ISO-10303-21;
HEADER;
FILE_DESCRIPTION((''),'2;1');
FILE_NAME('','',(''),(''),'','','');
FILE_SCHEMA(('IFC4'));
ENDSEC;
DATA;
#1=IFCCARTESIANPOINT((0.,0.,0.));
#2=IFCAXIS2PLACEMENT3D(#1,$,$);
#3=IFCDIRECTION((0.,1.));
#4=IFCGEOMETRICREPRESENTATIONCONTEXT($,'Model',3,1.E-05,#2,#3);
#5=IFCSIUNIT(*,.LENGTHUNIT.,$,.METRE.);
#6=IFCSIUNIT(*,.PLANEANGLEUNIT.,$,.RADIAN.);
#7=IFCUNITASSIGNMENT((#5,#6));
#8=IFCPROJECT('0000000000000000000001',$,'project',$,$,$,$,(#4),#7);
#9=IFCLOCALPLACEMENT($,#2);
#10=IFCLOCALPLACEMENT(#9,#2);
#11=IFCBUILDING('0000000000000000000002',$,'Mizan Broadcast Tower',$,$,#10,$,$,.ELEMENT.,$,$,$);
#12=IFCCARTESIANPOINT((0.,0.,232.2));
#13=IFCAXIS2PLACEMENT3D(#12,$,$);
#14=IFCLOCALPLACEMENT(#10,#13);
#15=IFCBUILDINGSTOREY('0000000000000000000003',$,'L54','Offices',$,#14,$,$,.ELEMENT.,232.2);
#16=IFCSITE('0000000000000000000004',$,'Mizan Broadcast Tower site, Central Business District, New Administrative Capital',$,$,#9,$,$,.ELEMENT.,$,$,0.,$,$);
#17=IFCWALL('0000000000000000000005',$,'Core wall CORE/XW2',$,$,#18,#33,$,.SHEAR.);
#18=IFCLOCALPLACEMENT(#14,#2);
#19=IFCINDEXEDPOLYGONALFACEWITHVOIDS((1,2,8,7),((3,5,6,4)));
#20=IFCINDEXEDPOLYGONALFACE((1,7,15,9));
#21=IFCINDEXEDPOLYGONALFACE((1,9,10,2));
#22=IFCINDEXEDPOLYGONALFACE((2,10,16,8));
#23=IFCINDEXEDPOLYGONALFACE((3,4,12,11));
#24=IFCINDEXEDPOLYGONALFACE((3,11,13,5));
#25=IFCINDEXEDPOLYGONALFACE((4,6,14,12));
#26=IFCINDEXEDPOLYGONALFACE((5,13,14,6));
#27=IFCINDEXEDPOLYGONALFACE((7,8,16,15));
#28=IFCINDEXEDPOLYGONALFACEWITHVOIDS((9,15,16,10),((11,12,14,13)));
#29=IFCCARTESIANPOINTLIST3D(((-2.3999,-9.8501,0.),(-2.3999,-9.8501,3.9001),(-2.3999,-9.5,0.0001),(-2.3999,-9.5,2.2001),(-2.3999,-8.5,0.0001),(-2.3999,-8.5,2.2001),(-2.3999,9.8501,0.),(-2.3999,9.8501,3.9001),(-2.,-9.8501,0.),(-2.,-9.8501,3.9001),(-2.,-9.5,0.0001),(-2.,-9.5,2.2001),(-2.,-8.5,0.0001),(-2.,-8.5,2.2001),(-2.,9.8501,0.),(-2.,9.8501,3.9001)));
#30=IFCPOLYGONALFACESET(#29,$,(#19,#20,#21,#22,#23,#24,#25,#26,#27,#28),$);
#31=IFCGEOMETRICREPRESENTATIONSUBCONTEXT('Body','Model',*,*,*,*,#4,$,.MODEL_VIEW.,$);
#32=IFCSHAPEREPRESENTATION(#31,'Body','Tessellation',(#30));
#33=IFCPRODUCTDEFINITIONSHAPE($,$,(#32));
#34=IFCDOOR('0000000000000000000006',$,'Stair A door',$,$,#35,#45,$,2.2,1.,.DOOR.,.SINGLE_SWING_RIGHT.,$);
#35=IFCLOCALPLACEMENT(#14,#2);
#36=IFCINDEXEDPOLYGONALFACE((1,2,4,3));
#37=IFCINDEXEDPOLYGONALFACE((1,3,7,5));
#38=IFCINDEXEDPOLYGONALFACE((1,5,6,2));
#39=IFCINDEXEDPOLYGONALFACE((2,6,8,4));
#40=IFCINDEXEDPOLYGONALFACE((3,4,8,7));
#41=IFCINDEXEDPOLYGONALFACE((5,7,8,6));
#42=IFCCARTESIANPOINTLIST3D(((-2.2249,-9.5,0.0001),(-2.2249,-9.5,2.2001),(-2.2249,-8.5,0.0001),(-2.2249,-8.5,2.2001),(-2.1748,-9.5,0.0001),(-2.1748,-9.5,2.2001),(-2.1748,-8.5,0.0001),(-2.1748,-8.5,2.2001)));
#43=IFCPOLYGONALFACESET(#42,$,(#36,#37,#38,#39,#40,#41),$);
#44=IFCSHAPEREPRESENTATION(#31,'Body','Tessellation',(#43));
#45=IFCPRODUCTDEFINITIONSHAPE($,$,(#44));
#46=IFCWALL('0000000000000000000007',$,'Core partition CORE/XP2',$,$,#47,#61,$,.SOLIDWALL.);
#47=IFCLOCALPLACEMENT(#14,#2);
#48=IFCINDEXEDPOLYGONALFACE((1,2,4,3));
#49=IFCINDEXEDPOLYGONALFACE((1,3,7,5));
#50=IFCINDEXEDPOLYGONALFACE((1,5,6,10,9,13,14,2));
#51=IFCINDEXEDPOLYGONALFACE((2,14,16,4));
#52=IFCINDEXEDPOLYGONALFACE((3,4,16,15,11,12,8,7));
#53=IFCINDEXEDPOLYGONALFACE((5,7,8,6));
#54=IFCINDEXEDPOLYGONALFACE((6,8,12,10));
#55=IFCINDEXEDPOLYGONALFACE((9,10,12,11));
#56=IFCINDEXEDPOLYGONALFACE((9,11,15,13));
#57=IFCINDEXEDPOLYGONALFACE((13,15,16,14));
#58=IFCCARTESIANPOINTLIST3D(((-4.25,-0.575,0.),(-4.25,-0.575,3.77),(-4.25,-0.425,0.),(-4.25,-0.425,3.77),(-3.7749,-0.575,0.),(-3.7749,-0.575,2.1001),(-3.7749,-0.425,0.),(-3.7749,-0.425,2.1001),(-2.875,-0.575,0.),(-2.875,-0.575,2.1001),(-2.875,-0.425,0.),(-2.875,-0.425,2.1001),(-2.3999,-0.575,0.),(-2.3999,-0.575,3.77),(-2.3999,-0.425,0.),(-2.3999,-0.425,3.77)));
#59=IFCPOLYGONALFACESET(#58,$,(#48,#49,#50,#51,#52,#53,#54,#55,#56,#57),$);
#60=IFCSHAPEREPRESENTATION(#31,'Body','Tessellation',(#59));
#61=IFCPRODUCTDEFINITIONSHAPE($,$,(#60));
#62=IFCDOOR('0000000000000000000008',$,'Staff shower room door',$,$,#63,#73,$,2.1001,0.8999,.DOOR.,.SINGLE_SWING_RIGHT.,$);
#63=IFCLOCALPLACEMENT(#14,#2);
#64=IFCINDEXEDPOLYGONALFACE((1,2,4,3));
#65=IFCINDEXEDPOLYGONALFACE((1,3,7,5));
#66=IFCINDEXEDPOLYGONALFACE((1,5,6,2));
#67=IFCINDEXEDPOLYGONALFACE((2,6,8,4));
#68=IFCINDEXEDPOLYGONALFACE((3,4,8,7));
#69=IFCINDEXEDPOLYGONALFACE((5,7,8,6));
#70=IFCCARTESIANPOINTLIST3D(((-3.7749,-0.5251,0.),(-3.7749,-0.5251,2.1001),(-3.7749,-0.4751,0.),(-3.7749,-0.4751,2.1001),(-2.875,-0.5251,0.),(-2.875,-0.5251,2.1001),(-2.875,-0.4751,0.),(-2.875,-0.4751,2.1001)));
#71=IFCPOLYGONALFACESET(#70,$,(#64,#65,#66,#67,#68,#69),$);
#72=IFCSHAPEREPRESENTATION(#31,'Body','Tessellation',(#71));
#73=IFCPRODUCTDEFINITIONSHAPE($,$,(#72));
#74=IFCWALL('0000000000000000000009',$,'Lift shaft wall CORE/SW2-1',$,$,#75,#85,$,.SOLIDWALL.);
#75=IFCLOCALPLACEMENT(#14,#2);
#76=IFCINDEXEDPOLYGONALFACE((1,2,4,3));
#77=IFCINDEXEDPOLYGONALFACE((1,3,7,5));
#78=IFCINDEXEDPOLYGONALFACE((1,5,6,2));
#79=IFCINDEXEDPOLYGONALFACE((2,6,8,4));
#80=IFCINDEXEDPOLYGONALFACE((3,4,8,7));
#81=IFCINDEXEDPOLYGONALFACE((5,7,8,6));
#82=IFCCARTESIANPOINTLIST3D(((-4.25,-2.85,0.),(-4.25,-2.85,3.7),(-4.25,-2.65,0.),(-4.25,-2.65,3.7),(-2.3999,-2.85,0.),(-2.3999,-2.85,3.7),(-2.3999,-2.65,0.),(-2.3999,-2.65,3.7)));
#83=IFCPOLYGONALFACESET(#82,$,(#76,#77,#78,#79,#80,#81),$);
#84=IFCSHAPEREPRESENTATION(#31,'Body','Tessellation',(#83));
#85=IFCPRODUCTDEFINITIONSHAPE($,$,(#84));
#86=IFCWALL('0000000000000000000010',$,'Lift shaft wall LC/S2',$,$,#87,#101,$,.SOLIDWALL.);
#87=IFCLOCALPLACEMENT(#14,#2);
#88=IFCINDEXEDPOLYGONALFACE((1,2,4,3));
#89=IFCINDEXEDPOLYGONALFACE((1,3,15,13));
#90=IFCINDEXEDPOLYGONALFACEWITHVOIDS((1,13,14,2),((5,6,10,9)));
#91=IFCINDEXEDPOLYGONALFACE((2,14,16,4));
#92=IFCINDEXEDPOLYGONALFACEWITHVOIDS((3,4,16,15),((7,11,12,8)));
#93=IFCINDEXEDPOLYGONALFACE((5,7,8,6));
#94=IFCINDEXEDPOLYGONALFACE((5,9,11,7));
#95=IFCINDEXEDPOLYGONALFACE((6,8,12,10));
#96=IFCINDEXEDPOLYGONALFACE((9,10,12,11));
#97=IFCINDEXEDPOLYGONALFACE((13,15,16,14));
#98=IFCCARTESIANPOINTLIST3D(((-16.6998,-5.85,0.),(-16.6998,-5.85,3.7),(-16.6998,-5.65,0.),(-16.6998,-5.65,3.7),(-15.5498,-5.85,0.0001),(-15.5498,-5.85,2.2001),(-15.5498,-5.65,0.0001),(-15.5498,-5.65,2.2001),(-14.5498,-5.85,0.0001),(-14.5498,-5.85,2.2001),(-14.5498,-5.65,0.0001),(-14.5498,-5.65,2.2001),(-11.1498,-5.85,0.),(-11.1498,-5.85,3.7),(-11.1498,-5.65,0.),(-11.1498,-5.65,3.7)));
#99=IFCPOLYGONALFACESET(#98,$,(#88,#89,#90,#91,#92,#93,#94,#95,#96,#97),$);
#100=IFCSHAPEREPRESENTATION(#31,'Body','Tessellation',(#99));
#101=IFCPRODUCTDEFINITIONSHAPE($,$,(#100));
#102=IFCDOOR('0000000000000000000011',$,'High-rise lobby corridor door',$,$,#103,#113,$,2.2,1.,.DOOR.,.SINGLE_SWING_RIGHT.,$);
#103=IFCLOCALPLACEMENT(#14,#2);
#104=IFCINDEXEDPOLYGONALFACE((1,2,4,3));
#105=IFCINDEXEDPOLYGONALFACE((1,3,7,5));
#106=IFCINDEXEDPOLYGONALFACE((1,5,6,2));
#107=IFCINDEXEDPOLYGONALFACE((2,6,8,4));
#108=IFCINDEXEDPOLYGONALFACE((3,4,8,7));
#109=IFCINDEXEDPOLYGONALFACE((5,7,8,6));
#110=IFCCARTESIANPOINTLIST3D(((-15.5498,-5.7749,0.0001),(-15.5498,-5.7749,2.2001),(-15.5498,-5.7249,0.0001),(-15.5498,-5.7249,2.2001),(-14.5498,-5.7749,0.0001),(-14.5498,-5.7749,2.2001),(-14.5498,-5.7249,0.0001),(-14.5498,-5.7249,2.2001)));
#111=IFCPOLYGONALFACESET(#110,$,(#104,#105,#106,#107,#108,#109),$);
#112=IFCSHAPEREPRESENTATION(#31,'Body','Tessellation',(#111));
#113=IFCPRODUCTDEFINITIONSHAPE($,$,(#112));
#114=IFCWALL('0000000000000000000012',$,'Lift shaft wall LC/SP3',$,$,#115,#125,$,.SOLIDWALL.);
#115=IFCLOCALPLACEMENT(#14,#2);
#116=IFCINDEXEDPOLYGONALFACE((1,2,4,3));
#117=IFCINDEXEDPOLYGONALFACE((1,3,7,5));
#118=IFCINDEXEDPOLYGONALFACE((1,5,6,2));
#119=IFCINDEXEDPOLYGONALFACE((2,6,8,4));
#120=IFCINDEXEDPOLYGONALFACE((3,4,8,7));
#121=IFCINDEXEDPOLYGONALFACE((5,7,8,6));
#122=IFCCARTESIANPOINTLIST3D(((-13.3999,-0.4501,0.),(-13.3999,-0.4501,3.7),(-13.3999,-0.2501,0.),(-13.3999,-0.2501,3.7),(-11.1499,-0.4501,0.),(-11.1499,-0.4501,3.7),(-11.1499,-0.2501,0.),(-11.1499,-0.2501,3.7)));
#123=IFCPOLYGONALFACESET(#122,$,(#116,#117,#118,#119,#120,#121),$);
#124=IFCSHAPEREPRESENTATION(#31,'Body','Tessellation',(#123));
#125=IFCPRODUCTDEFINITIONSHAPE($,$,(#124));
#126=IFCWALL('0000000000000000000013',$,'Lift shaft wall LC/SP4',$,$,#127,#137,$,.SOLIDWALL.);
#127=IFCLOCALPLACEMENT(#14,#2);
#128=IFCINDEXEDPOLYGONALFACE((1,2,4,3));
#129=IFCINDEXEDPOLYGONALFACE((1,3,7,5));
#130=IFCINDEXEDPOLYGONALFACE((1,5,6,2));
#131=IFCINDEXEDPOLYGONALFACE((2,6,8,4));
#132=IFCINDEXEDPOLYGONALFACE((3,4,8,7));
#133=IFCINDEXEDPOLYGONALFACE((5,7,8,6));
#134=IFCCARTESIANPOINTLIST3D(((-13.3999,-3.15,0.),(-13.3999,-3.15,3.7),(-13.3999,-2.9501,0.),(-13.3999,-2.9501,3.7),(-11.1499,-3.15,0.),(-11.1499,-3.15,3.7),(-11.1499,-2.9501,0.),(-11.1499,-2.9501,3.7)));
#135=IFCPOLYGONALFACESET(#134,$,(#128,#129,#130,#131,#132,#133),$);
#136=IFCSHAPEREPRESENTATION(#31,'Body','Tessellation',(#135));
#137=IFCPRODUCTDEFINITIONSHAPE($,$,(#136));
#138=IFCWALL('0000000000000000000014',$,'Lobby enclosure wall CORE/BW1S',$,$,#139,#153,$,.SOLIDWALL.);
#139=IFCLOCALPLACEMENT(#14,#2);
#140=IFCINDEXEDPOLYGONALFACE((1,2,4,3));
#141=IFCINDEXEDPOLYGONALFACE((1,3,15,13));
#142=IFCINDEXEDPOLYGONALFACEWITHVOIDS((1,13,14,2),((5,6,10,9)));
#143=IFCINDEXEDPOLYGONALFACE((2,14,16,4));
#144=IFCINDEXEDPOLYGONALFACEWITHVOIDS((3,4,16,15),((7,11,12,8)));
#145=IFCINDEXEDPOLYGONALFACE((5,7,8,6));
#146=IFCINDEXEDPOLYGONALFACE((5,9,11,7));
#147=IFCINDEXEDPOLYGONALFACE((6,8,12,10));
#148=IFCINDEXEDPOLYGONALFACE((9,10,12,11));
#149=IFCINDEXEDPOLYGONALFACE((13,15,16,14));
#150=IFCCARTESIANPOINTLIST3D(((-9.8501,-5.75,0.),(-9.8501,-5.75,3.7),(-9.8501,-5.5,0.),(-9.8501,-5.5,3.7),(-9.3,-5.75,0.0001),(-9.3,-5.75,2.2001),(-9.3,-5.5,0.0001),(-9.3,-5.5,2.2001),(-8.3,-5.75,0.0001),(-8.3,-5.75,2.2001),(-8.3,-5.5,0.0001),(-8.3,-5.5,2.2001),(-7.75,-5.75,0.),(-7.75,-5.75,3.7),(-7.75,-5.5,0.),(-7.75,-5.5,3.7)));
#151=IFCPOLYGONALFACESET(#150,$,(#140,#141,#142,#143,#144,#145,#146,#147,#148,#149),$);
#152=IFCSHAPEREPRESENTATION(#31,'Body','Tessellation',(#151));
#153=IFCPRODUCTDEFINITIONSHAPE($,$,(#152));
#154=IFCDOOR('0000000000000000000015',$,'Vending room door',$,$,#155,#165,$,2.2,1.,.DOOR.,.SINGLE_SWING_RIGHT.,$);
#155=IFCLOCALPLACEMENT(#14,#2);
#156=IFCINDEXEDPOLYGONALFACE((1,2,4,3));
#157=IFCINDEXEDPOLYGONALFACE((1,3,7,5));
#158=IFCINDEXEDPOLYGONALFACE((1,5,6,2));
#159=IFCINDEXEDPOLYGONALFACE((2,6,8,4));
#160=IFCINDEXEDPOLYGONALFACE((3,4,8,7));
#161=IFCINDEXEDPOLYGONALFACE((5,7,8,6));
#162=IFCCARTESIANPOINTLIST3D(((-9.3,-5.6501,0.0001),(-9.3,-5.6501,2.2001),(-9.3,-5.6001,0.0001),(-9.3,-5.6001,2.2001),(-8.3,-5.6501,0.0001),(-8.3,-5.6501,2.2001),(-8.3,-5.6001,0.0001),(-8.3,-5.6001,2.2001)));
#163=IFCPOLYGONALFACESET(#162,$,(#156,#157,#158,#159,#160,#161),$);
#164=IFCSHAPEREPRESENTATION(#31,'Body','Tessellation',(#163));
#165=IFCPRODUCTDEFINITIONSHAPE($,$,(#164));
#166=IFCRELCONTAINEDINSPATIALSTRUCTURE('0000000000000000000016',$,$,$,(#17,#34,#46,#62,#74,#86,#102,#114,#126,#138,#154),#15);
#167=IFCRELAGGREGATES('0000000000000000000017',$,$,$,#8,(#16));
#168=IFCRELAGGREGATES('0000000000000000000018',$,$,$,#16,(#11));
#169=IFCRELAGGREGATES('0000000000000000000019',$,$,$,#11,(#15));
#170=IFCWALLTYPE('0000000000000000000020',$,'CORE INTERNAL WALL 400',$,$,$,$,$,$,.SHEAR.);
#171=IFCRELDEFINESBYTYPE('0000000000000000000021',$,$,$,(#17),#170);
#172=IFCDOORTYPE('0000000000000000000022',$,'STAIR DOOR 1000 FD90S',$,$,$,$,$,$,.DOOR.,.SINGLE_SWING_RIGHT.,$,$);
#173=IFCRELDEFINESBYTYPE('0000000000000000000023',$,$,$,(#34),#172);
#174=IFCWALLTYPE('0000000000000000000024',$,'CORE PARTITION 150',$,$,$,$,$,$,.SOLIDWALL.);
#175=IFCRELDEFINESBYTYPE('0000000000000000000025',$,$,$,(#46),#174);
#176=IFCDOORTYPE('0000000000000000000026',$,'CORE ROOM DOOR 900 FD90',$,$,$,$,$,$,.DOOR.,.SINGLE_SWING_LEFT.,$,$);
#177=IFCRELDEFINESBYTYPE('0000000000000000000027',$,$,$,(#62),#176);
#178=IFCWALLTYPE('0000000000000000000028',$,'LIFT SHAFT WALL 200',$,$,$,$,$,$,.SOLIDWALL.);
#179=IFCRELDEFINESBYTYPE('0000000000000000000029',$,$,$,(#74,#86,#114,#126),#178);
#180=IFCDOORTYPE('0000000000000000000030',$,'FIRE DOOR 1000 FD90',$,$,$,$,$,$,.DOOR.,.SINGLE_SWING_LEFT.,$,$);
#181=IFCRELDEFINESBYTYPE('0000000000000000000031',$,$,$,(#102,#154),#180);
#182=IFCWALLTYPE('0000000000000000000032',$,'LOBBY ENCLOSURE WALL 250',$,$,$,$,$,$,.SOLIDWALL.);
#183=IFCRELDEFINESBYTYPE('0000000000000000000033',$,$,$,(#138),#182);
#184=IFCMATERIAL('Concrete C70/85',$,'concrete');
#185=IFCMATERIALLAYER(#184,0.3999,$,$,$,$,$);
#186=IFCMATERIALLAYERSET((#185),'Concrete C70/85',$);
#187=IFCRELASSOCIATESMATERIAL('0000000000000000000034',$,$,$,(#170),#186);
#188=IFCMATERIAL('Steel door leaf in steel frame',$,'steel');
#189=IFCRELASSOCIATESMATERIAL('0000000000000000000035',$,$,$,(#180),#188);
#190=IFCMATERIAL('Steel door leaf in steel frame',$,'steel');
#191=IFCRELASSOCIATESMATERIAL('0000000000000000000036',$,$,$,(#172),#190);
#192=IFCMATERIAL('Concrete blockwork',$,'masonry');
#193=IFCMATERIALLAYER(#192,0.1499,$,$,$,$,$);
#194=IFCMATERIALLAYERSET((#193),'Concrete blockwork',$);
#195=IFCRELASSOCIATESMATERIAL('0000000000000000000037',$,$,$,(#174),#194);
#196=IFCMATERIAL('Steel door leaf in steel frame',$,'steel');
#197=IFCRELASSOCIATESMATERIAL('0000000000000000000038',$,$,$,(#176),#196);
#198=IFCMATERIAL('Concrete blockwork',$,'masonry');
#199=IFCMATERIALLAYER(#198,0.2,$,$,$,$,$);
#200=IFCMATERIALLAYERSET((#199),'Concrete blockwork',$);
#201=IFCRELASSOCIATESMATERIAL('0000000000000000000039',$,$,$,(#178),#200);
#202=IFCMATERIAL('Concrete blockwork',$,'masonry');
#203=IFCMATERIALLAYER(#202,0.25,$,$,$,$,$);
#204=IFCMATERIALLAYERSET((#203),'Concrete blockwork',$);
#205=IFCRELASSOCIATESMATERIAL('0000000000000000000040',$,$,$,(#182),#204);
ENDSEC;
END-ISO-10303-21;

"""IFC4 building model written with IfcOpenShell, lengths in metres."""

from ifc_helpers import new_model, si_unit, direction, frame, frame_2d, origin, place, context, subcontext, project, spatial, rectangle, extrude, material, layer, layer_set, type_object, element, fill, save


model = new_model("IFC4")

# Units and contexts
model_context = context("Model", 3, precision=1e-05, world=origin(), true_north=direction((0.0, 1.0)))
body_context = subcontext(model_context, "Body", "Model", "MODEL_VIEW")
ifc_project = project(units=[si_unit("LENGTHUNIT", "METRE"), si_unit("PLANEANGLEUNIT", "RADIAN")], contexts=[model_context])

# Site, building, storey
site_placement = place(None, origin())
site = spatial("IfcSite", under=ifc_project, at=site_placement, Name="Mizan Broadcast Tower site, Central Business District, New Administrative Capital", CompositionType="ELEMENT", RefElevation=0.0)
building_placement = place(site_placement, origin())
building = spatial("IfcBuilding", under=site, at=building_placement, Name="Mizan Broadcast Tower", CompositionType="ELEMENT")
storey_placement = place(building_placement, frame((0.0, 0.0, 232.2)))
storey = spatial("IfcBuildingStorey", under=building, at=storey_placement, Name="L54", Description="Offices", CompositionType="ELEMENT", Elevation=232.2)

# Shared definitions
ifc_material_1 = material(Name="Concrete C70/85", Category="concrete")
ifc_layer_1 = layer(ifc_material_1, 0.3999)
ifc_layer_set_1 = layer_set([ifc_layer_1], Name="Concrete C70/85")
wall_type_1 = type_object("IfcWallType", Name="CORE INTERNAL WALL 400", PredefinedType="SHEAR", material=ifc_layer_set_1)
ifc_material_2 = material(Name="Steel door leaf in steel frame", Category="steel")
door_type_1 = type_object("IfcDoorType", Name="FIRE DOOR 1000 FD90", OperationType="SINGLE_SWING_LEFT", PredefinedType="DOOR", material=ifc_material_2)

# Walls, openings, doors
wall_1_placement = place(storey_placement, frame((-2.2, -9.8501, 0.0), z_axis=(0.0, 0.0, 1.0), x_axis=(0.0, 1.0, 0.0)))
wall_1 = element("IfcWall", 1, at=wall_1_placement, inside=storey, type_object=wall_type_1, Name="Core wall CORE/XW2", PredefinedType="SHEAR", context=body_context, shape_type="SweptSolid", body=[
    extrude(rectangle(XDim=19.7002, YDim=0.3999, at=frame_2d((9.8501, 0.0))), origin(), (0.0, 0.0, 1.0), 3.9001),
])
opening_1_placement = place(wall_1_placement, frame((0.3501, 0.0, 0.0)))
opening_1 = element("IfcOpeningElement", 2, at=opening_1_placement, cuts=wall_1, PredefinedType="OPENING", context=body_context, shape_type="SweptSolid", body=[
    extrude(rectangle(XDim=1.0, YDim=2.2, at=frame_2d((0.5, 1.1001))), frame((0.0, 0.21, 0.0), z_axis=(0.0, -1.0, 0.0), x_axis=(1.0, 0.0, 0.0)), (0.0, 0.0, 1.0), 0.4199),
])
ifc_material_3 = material(Name="Steel door leaf in steel frame", Category="steel")
door_type_2 = type_object("IfcDoorType", Name="STAIR DOOR 1000 FD90S", OperationType="SINGLE_SWING_RIGHT", PredefinedType="DOOR", material=ifc_material_3)
door_1_placement = place(opening_1_placement, origin())
door_1 = element("IfcDoor", 3, at=door_1_placement, inside=storey, type_object=door_type_2, Name="Stair A door", OperationType="SINGLE_SWING_RIGHT", OverallHeight=2.2, OverallWidth=1.0, PredefinedType="DOOR", context=body_context, shape_type="SweptSolid", body=[
    extrude(rectangle(XDim=1.0, YDim=2.2, at=frame_2d((0.5, 1.1001))), frame((0.0, 0.0249, 0.0), z_axis=(0.0, -1.0, 0.0), x_axis=(1.0, 0.0, 0.0)), (0.0, 0.0, 1.0), 0.05),
])
fill(opening_1, door_1)
ifc_material_4 = material(Name="Concrete blockwork", Category="masonry")
ifc_layer_2 = layer(ifc_material_4, 0.1499)
ifc_layer_set_2 = layer_set([ifc_layer_2], Name="Concrete blockwork")
wall_type_2 = type_object("IfcWallType", Name="CORE PARTITION 150", PredefinedType="SOLIDWALL", material=ifc_layer_set_2)
wall_2_placement = place(storey_placement, frame((-4.25, -0.5, 0.0), z_axis=(0.0, 0.0, 1.0), x_axis=(1.0, 0.0, 0.0)))
wall_2 = element("IfcWall", 4, at=wall_2_placement, inside=storey, type_object=wall_type_2, Name="Core partition CORE/XP2", PredefinedType="SOLIDWALL", context=body_context, shape_type="SweptSolid", body=[
    extrude(rectangle(XDim=1.8501, YDim=0.1499, at=frame_2d((0.925, 0.0))), origin(), (0.0, 0.0, 1.0), 3.77),
])
opening_2_placement = place(wall_2_placement, frame((0.4751, 0.0, 0.0)))
opening_2 = element("IfcOpeningElement", 5, at=opening_2_placement, cuts=wall_2, PredefinedType="OPENING", context=body_context, shape_type="SweptSolid", body=[
    extrude(rectangle(XDim=0.8999, YDim=2.1001, at=frame_2d((0.45, 1.05))), frame((0.0, 0.085, 0.0), z_axis=(0.0, -1.0, 0.0), x_axis=(1.0, 0.0, 0.0)), (0.0, 0.0, 1.0), 0.1699),
])
ifc_material_5 = material(Name="Steel door leaf in steel frame", Category="steel")
door_type_3 = type_object("IfcDoorType", Name="CORE ROOM DOOR 900 FD90", OperationType="SINGLE_SWING_LEFT", PredefinedType="DOOR", material=ifc_material_5)
door_2_placement = place(opening_2_placement, origin())
door_2 = element("IfcDoor", 6, at=door_2_placement, inside=storey, type_object=door_type_3, Name="Staff shower room door", OperationType="SINGLE_SWING_RIGHT", OverallHeight=2.1001, OverallWidth=0.8999, PredefinedType="DOOR", context=body_context, shape_type="SweptSolid", body=[
    extrude(rectangle(XDim=0.8999, YDim=2.1001, at=frame_2d((0.45, 1.05))), frame((0.0, 0.0249, 0.0), z_axis=(0.0, -1.0, 0.0), x_axis=(1.0, 0.0, 0.0)), (0.0, 0.0, 1.0), 0.05),
])
fill(opening_2, door_2)

# Wall
ifc_material_6 = material(Name="Concrete blockwork", Category="masonry")
ifc_layer_3 = layer(ifc_material_6, 0.2)
ifc_layer_set_3 = layer_set([ifc_layer_3], Name="Concrete blockwork")
wall_type_3 = type_object("IfcWallType", Name="LIFT SHAFT WALL 200", PredefinedType="SOLIDWALL", material=ifc_layer_set_3)
wall_3_placement = place(storey_placement, frame((-4.25, -2.75, 0.0), z_axis=(0.0, 0.0, 1.0), x_axis=(1.0, 0.0, 0.0)))
element("IfcWall", 7, at=wall_3_placement, inside=storey, type_object=wall_type_3, Name="Lift shaft wall CORE/SW2-1", PredefinedType="SOLIDWALL", context=body_context, shape_type="SweptSolid", body=[
    extrude(rectangle(XDim=1.8501, YDim=0.2, at=frame_2d((0.925, 0.0))), origin(), (0.0, 0.0, 1.0), 3.7),
])

# Wall, opening, door
wall_4_placement = place(storey_placement, frame((-11.1499, -5.75, 0.0), z_axis=(0.0, 0.0, 1.0), x_axis=(-1.0, 0.0, 0.0)))
wall_4 = element("IfcWall", 8, at=wall_4_placement, inside=storey, type_object=wall_type_3, Name="Lift shaft wall LC/S2", PredefinedType="SOLIDWALL", context=body_context, shape_type="SweptSolid", body=[
    extrude(rectangle(XDim=5.55, YDim=0.2, at=frame_2d((2.7749, 0.0))), origin(), (0.0, 0.0, 1.0), 3.7),
])
opening_3_placement = place(wall_4_placement, frame((3.3999, 0.0, 0.0)))
opening_3 = element("IfcOpeningElement", 9, at=opening_3_placement, cuts=wall_4, PredefinedType="OPENING", context=body_context, shape_type="SweptSolid", body=[
    extrude(rectangle(XDim=1.0, YDim=2.2, at=frame_2d((0.5, 1.1001))), frame((0.0, 0.1099, 0.0), z_axis=(0.0, -1.0, 0.0), x_axis=(1.0, 0.0, 0.0)), (0.0, 0.0, 1.0), 0.22),
])
door_3_placement = place(opening_3_placement, origin())
door_3 = element("IfcDoor", 10, at=door_3_placement, inside=storey, type_object=door_type_1, Name="High-rise lobby corridor door", OperationType="SINGLE_SWING_RIGHT", OverallHeight=2.2, OverallWidth=1.0, PredefinedType="DOOR", context=body_context, shape_type="SweptSolid", body=[
    extrude(rectangle(XDim=1.0, YDim=2.2, at=frame_2d((0.5, 1.1001))), frame((0.0, 0.0249, 0.0), z_axis=(0.0, -1.0, 0.0), x_axis=(1.0, 0.0, 0.0)), (0.0, 0.0, 1.0), 0.05),
])
fill(opening_3, door_3)

# Walls
for number, where, z_axis, x_axis, name in (
    (11, (-11.1499, -0.3501, 0.0), (0.0, 0.0, 1.0), (-1.0, 0.0, 0.0), "Lift shaft wall LC/SP3"),
    (12, (-11.1499, -3.05, 0.0), (0.0, 0.0, 1.0), (-1.0, 0.0, 0.0), "Lift shaft wall LC/SP4"),
):
    element("IfcWall", number, at=place(storey_placement, frame(where, z_axis=z_axis, x_axis=x_axis)), inside=storey, type_object=wall_type_3, Name=name, PredefinedType="SOLIDWALL", context=body_context, shape_type="SweptSolid", body=[
        extrude(rectangle(XDim=2.25, YDim=0.2, at=frame_2d((1.125, 0.0))), origin(), (0.0, 0.0, 1.0), 3.7),
    ])

# Wall, opening, door
ifc_material_7 = material(Name="Concrete blockwork", Category="masonry")
ifc_layer_4 = layer(ifc_material_7, 0.25)
ifc_layer_set_4 = layer_set([ifc_layer_4], Name="Concrete blockwork")
wall_type_4 = type_object("IfcWallType", Name="LOBBY ENCLOSURE WALL 250", PredefinedType="SOLIDWALL", material=ifc_layer_set_4)
wall_5_placement = place(storey_placement, frame((-9.8501, -5.625, 0.0), z_axis=(0.0, 0.0, 1.0), x_axis=(1.0, 0.0, 0.0)))
wall_5 = element("IfcWall", 13, at=wall_5_placement, inside=storey, type_object=wall_type_4, Name="Lobby enclosure wall CORE/BW1S", PredefinedType="SOLIDWALL", context=body_context, shape_type="SweptSolid", body=[
    extrude(rectangle(XDim=2.1001, YDim=0.25, at=frame_2d((1.05, 0.0))), origin(), (0.0, 0.0, 1.0), 3.7),
])
opening_4_placement = place(wall_5_placement, frame((0.55, 0.0, 0.0)))
opening_4 = element("IfcOpeningElement", 14, at=opening_4_placement, cuts=wall_5, PredefinedType="OPENING", context=body_context, shape_type="SweptSolid", body=[
    extrude(rectangle(XDim=1.0, YDim=2.2, at=frame_2d((0.5, 1.1001))), frame((0.0, 0.135, 0.0), z_axis=(0.0, -1.0, 0.0), x_axis=(1.0, 0.0, 0.0)), (0.0, 0.0, 1.0), 0.27),
])
door_4_placement = place(opening_4_placement, origin())
door_4 = element("IfcDoor", 15, at=door_4_placement, inside=storey, type_object=door_type_1, Name="Vending room door", OperationType="SINGLE_SWING_RIGHT", OverallHeight=2.2, OverallWidth=1.0, PredefinedType="DOOR", context=body_context, shape_type="SweptSolid", body=[
    extrude(rectangle(XDim=1.0, YDim=2.2, at=frame_2d((0.5, 1.1001))), frame((0.0, 0.0249, 0.0), z_axis=(0.0, -1.0, 0.0), x_axis=(1.0, 0.0, 0.0)), (0.0, 0.0, 1.0), 0.05),
])
fill(opening_4, door_4)

save(model, "model.ifc")
